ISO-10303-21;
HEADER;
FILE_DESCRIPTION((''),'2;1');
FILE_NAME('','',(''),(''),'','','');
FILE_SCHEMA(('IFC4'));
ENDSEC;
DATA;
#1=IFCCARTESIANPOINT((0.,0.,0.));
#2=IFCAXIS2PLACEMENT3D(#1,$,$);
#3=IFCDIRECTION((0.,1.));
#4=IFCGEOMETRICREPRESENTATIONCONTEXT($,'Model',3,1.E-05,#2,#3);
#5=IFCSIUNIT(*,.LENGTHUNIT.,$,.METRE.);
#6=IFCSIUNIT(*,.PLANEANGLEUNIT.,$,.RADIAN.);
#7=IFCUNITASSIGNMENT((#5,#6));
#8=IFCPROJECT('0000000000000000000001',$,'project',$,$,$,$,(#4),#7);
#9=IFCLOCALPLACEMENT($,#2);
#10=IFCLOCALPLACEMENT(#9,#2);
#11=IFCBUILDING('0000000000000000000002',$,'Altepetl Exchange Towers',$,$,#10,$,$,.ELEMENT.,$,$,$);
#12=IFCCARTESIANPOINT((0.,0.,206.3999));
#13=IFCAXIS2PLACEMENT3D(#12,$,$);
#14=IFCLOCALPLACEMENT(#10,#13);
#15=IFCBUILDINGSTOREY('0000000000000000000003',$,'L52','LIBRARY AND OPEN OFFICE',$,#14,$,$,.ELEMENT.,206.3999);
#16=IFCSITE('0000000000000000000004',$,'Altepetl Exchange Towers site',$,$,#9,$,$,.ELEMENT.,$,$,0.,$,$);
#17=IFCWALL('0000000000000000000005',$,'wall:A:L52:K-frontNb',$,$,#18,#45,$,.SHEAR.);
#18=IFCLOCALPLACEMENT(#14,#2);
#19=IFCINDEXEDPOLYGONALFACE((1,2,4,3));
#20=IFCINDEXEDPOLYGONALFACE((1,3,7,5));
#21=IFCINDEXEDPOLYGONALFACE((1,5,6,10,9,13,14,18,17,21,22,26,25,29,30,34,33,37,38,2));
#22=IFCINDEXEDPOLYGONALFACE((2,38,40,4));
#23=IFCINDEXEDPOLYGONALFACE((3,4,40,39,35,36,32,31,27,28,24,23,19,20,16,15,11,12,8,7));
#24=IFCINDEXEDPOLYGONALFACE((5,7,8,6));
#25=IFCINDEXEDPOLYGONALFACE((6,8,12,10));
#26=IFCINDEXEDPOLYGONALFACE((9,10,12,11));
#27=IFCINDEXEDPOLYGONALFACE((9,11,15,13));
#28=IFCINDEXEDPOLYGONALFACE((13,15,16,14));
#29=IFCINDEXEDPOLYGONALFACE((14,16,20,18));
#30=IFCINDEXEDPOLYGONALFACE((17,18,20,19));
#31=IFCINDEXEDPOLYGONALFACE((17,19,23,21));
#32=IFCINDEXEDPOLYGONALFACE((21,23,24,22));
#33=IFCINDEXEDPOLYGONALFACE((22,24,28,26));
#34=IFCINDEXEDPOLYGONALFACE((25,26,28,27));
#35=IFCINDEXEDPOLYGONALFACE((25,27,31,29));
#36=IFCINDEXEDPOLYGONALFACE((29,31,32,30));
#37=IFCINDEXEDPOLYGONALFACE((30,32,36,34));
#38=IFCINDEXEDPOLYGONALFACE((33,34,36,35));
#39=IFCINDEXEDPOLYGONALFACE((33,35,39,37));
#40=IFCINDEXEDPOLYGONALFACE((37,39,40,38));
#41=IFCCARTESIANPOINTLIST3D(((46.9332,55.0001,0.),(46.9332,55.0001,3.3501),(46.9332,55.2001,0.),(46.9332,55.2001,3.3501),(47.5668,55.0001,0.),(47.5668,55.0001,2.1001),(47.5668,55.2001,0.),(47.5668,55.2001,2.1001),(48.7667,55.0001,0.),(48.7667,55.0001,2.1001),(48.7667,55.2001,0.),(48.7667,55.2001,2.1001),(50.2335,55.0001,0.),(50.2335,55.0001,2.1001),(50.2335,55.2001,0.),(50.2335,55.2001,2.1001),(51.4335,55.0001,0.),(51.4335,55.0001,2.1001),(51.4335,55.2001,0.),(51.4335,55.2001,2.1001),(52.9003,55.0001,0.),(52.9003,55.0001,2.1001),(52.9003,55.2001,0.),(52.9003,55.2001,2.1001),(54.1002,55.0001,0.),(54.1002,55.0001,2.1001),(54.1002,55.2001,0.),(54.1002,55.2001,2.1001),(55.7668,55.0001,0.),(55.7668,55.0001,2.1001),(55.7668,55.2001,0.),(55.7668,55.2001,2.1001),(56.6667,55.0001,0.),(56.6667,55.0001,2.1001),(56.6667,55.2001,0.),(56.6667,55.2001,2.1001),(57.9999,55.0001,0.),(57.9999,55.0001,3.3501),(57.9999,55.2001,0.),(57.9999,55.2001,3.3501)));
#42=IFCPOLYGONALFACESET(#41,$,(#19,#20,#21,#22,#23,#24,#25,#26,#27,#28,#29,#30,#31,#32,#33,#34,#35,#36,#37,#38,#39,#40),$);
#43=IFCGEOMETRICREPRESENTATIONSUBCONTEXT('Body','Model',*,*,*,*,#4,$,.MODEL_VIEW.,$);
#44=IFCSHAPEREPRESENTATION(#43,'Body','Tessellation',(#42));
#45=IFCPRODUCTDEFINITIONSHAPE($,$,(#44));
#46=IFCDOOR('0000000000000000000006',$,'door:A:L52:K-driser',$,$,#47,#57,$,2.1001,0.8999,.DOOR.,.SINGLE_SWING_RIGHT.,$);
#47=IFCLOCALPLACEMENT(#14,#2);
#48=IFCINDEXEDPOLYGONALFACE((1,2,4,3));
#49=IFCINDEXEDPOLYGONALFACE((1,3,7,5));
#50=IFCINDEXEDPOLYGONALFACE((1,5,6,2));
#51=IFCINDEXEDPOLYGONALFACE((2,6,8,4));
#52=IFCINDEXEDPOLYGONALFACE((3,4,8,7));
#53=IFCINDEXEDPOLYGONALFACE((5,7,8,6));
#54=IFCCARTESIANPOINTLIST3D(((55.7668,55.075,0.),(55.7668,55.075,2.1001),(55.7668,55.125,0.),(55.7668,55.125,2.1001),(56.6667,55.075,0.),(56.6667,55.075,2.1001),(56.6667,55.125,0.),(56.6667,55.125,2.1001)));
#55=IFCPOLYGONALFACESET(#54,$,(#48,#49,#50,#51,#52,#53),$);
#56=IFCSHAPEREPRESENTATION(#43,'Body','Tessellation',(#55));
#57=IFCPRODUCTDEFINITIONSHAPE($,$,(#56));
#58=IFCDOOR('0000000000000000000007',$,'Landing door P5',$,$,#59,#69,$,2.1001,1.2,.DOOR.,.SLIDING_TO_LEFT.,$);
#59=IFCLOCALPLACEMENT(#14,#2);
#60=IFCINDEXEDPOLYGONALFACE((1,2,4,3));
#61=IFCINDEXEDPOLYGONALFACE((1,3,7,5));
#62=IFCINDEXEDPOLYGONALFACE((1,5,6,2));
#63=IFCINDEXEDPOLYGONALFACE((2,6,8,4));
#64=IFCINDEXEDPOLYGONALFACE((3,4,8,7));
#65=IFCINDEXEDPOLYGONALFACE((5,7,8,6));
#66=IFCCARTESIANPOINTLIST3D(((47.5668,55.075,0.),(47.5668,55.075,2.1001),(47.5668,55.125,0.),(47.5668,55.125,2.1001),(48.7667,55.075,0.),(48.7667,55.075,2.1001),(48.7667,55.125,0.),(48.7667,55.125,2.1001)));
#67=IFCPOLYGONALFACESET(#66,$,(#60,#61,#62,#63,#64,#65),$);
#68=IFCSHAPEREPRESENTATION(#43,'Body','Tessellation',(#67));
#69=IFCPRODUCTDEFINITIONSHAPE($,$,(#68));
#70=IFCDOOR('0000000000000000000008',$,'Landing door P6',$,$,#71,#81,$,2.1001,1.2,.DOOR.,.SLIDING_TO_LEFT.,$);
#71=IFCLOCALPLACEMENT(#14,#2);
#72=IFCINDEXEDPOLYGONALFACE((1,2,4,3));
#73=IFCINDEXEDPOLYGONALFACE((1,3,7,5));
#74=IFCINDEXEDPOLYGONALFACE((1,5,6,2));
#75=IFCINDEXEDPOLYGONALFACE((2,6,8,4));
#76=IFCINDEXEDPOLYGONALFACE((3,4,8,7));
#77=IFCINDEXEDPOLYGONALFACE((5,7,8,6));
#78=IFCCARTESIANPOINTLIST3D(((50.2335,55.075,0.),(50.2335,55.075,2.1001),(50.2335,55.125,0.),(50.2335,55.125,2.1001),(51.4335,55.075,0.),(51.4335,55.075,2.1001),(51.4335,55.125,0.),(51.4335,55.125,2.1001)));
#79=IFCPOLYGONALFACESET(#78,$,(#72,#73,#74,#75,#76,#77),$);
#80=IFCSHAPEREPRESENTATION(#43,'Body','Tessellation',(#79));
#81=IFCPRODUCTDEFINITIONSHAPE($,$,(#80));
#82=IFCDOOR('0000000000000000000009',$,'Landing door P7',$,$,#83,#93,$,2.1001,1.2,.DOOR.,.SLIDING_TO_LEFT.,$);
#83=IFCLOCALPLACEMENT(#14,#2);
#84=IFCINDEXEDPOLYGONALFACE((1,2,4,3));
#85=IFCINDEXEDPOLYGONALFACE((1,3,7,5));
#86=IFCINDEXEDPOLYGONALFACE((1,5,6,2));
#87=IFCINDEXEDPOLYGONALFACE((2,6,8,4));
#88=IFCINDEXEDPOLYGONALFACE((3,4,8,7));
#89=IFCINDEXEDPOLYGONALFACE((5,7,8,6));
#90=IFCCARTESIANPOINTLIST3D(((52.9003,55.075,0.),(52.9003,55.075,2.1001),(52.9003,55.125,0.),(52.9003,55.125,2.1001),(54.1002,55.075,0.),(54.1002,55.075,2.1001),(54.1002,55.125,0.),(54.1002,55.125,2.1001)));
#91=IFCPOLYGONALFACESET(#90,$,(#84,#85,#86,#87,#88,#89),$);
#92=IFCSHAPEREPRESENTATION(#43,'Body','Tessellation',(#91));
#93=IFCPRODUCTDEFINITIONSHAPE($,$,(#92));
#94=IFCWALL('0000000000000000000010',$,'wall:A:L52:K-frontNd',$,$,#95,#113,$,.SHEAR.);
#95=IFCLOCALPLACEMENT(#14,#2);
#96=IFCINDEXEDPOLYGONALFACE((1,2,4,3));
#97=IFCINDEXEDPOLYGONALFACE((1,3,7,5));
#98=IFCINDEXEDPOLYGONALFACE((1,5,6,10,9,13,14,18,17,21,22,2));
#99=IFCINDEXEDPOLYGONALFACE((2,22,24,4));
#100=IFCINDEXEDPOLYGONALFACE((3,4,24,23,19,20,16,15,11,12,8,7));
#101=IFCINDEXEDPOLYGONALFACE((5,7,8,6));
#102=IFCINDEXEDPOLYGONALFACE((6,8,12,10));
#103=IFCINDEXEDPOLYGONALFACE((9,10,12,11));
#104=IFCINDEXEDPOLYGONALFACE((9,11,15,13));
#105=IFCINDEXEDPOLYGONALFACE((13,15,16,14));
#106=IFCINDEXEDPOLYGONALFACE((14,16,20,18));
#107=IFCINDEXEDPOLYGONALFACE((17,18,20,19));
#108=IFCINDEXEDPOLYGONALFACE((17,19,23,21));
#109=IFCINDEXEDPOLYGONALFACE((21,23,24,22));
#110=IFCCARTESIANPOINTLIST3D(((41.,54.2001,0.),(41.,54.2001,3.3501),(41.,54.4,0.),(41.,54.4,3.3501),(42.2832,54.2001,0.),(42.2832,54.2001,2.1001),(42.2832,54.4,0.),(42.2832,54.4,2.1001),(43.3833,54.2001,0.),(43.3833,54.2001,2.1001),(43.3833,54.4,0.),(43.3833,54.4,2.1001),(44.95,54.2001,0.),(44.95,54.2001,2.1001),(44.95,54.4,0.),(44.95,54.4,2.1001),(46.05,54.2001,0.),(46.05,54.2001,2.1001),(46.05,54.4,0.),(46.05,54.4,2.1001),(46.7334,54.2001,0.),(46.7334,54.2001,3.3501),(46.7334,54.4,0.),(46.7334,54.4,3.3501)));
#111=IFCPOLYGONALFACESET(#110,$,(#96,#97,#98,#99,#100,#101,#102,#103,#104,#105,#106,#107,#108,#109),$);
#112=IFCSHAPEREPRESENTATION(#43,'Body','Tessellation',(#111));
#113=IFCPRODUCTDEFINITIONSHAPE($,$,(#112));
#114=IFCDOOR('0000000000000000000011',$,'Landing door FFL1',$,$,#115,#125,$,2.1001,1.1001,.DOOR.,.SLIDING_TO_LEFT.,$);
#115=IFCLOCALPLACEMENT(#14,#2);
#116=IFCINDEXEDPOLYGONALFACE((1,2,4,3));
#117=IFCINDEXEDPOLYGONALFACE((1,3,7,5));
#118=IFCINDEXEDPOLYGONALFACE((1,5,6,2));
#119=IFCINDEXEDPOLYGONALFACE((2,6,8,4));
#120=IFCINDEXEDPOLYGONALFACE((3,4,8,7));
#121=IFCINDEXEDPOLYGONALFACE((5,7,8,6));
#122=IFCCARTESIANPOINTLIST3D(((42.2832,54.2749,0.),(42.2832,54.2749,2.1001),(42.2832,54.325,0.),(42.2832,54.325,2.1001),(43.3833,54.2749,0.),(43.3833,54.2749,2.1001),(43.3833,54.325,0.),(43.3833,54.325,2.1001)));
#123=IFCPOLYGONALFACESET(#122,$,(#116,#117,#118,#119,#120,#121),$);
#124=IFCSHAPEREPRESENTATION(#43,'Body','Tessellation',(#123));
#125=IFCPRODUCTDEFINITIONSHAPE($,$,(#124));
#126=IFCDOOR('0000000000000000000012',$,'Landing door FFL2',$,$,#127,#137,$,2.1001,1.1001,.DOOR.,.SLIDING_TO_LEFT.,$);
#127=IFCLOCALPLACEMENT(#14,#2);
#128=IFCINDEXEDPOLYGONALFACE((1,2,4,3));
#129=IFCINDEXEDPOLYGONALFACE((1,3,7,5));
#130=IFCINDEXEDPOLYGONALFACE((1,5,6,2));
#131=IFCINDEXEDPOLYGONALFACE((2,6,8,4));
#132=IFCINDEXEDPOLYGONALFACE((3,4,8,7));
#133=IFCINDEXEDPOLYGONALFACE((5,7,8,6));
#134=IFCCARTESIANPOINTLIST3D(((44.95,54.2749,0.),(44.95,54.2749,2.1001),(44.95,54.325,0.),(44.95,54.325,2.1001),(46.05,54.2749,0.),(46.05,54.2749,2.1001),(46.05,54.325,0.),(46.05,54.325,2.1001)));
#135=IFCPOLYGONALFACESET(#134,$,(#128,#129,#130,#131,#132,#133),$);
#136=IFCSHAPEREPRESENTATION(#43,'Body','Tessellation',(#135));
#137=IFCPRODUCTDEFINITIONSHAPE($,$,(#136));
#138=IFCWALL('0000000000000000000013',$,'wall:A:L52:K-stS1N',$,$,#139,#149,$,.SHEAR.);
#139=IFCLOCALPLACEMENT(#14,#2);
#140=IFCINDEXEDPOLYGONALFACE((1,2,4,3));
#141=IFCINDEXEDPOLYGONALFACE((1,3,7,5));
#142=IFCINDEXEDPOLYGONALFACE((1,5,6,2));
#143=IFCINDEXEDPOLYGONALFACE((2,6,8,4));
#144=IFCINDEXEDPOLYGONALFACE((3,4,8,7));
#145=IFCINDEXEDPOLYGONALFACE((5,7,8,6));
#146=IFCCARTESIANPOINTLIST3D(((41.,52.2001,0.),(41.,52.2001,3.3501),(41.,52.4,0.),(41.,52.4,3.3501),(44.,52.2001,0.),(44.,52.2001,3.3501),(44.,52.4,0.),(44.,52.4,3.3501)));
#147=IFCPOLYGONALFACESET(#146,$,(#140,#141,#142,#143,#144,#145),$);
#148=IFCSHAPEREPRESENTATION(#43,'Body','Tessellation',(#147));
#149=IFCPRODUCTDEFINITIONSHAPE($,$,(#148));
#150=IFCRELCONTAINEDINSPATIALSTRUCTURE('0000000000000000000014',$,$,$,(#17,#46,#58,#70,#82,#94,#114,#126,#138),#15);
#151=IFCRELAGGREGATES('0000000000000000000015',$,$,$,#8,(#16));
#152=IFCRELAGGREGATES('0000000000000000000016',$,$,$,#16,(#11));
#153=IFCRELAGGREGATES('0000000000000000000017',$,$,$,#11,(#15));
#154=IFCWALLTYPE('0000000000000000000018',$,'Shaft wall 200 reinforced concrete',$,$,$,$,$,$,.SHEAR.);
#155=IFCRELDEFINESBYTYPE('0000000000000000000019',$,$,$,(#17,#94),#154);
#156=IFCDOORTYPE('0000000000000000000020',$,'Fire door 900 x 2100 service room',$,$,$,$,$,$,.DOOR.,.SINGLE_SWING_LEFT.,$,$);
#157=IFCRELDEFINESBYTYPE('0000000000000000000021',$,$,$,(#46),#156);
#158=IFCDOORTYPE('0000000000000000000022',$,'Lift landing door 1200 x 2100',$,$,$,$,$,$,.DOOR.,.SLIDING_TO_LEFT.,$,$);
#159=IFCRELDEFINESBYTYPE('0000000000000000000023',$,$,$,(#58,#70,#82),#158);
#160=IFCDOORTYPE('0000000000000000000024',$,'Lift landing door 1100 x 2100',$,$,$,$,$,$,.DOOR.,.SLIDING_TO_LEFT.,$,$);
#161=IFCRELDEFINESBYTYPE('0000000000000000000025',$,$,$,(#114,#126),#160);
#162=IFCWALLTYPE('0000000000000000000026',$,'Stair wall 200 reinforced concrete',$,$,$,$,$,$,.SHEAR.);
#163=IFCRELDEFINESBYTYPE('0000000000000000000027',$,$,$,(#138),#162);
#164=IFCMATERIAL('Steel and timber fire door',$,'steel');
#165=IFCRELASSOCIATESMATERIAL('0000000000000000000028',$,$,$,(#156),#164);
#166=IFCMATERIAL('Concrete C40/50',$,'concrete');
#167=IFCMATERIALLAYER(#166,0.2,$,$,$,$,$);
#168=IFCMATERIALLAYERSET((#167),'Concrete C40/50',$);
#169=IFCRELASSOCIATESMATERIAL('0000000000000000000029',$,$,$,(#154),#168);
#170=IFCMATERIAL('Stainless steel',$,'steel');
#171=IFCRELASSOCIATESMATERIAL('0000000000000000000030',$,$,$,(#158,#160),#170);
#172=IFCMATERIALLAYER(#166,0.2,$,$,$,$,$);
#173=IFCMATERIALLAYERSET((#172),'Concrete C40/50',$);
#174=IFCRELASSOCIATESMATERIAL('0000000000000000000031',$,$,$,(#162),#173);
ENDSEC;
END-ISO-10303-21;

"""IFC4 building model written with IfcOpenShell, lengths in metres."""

from ifc_helpers import new_model, si_unit, direction, frame, frame_2d, origin, place, context, subcontext, project, spatial, rectangle, extrude, material, layer, layer_set, type_object, element, fill, save


model = new_model("IFC4")

# Units and contexts
model_context = context("Model", 3, precision=1e-05, world=origin(), true_north=direction((0.0, 1.0)))
body_context = subcontext(model_context, "Body", "Model", "MODEL_VIEW")
ifc_project = project(units=[si_unit("LENGTHUNIT", "METRE"), si_unit("PLANEANGLEUNIT", "RADIAN")], contexts=[model_context])

# Site, building, storey
site_placement = place(None, origin())
site = spatial("IfcSite", under=ifc_project, at=site_placement, Name="Altepetl Exchange Towers site", CompositionType="ELEMENT", RefElevation=0.0)
building_placement = place(site_placement, origin())
building = spatial("IfcBuilding", under=site, at=building_placement, Name="Altepetl Exchange Towers", CompositionType="ELEMENT")
storey_placement = place(building_placement, frame((0.0, 0.0, 206.3999)))
storey = spatial("IfcBuildingStorey", under=building, at=storey_placement, Name="L52", Description="LIBRARY AND OPEN OFFICE", CompositionType="ELEMENT", Elevation=206.3999)

# Shared definitions
ifc_material_1 = material(Name="Steel and timber fire door", Category="steel")
door_type_1 = type_object("IfcDoorType", Name="Fire door 900 x 2100 service room", OperationType="SINGLE_SWING_LEFT", PredefinedType="DOOR", material=ifc_material_1)

# Shared definitions
ifc_material_2 = material(Name="Concrete C40/50", Category="concrete")
ifc_layer_1 = layer(ifc_material_2, 0.2)
ifc_layer_set_1 = layer_set([ifc_layer_1], Name="Concrete C40/50")
wall_type_1 = type_object("IfcWallType", Name="Shaft wall 200 reinforced concrete", PredefinedType="SHEAR", material=ifc_layer_set_1)

# Walls, openings, doors
wall_1_placement = place(storey_placement, frame((46.9333, 55.1001, 0.0)))
wall_1 = element("IfcWall", 1, at=wall_1_placement, inside=storey, type_object=wall_type_1, Name="wall:A:L52:K-frontNb", PredefinedType="SHEAR", context=body_context, shape_type="SweptSolid", body=[
    extrude(rectangle(XDim=11.0667, YDim=0.2, at=frame_2d((5.5332, 0.0))), origin(), (0.0, 0.0, 1.0), 3.3501),
])
opening_1_placement = place(wall_1_placement, frame((8.8335, 0.0, 0.0)))
opening_1 = element("IfcOpeningElement", 2, at=opening_1_placement, cuts=wall_1, PredefinedType="OPENING", context=body_context, shape_type="SweptSolid", body=[
    extrude(rectangle(XDim=0.8999, YDim=2.1001, at=frame_2d((0.45, 1.05))), frame((0.0, 0.1099, 0.0), z_axis=(0.0, -1.0, 0.0), x_axis=(1.0, 0.0, 0.0)), (0.0, 0.0, 1.0), 0.22),
])
opening_2_placement = place(wall_1_placement, frame((0.6333, 0.0, 0.0)))
opening_2 = element("IfcOpeningElement", 3, at=opening_2_placement, cuts=wall_1, PredefinedType="OPENING", context=body_context, shape_type="SweptSolid", body=[
    extrude(rectangle(XDim=1.2, YDim=2.1001, at=frame_2d((0.6001, 1.05))), frame((0.0, 0.1099, 0.0), z_axis=(0.0, -1.0, 0.0), x_axis=(1.0, 0.0, 0.0)), (0.0, 0.0, 1.0), 0.22),
])
opening_3_placement = place(wall_1_placement, frame((3.3, 0.0, 0.0)))
opening_3 = element("IfcOpeningElement", 4, at=opening_3_placement, cuts=wall_1, PredefinedType="OPENING", context=body_context, shape_type="SweptSolid", body=[
    extrude(rectangle(XDim=1.2, YDim=2.1001, at=frame_2d((0.6001, 1.05))), frame((0.0, 0.1099, 0.0), z_axis=(0.0, -1.0, 0.0), x_axis=(1.0, 0.0, 0.0)), (0.0, 0.0, 1.0), 0.22),
])
opening_4_placement = place(wall_1_placement, frame((5.9668, 0.0, 0.0)))
opening_4 = element("IfcOpeningElement", 5, at=opening_4_placement, cuts=wall_1, PredefinedType="OPENING", context=body_context, shape_type="SweptSolid", body=[
    extrude(rectangle(XDim=1.2, YDim=2.1001, at=frame_2d((0.6001, 1.05))), frame((0.0, 0.1099, 0.0), z_axis=(0.0, -1.0, 0.0), x_axis=(1.0, 0.0, 0.0)), (0.0, 0.0, 1.0), 0.22),
])
door_1_placement = place(opening_1_placement, origin())
door_1 = element("IfcDoor", 6, at=door_1_placement, inside=storey, type_object=door_type_1, Name="door:A:L52:K-driser", OperationType="SINGLE_SWING_RIGHT", OverallHeight=2.1001, OverallWidth=0.8999, PredefinedType="DOOR", context=body_context, shape_type="SweptSolid", body=[
    extrude(rectangle(XDim=0.8999, YDim=2.1001, at=frame_2d((0.45, 1.05))), frame((0.0, 0.0249, 0.0), z_axis=(0.0, -1.0, 0.0), x_axis=(1.0, 0.0, 0.0)), (0.0, 0.0, 1.0), 0.05),
])
fill(opening_1, door_1)
ifc_material_3 = material(Name="Stainless steel", Category="steel")
door_type_2 = type_object("IfcDoorType", Name="Lift landing door 1200 x 2100", OperationType="SLIDING_TO_LEFT", PredefinedType="DOOR", material=ifc_material_3)
door_2_placement = place(opening_2_placement, origin())
door_2 = element("IfcDoor", 7, at=door_2_placement, inside=storey, type_object=door_type_2, Name="Landing door P5", OperationType="SLIDING_TO_LEFT", OverallHeight=2.1001, OverallWidth=1.2, PredefinedType="DOOR", context=body_context, shape_type="SweptSolid", body=[
    extrude(rectangle(XDim=1.2, YDim=2.1001, at=frame_2d((0.6001, 1.05))), frame((0.0, 0.0249, 0.0), z_axis=(0.0, -1.0, 0.0), x_axis=(1.0, 0.0, 0.0)), (0.0, 0.0, 1.0), 0.05),
])
fill(opening_2, door_2)
door_3_placement = place(opening_3_placement, origin())
door_3 = element("IfcDoor", 8, at=door_3_placement, inside=storey, type_object=door_type_2, Name="Landing door P6", OperationType="SLIDING_TO_LEFT", OverallHeight=2.1001, OverallWidth=1.2, PredefinedType="DOOR", context=body_context, shape_type="SweptSolid", body=[
    extrude(rectangle(XDim=1.2, YDim=2.1001, at=frame_2d((0.6001, 1.05))), frame((0.0, 0.0249, 0.0), z_axis=(0.0, -1.0, 0.0), x_axis=(1.0, 0.0, 0.0)), (0.0, 0.0, 1.0), 0.05),
])
fill(opening_3, door_3)
door_4_placement = place(opening_4_placement, origin())
door_4 = element("IfcDoor", 9, at=door_4_placement, inside=storey, type_object=door_type_2, Name="Landing door P7", OperationType="SLIDING_TO_LEFT", OverallHeight=2.1001, OverallWidth=1.2, PredefinedType="DOOR", context=body_context, shape_type="SweptSolid", body=[
    extrude(rectangle(XDim=1.2, YDim=2.1001, at=frame_2d((0.6001, 1.05))), frame((0.0, 0.0249, 0.0), z_axis=(0.0, -1.0, 0.0), x_axis=(1.0, 0.0, 0.0)), (0.0, 0.0, 1.0), 0.05),
])
fill(opening_4, door_4)
wall_2_placement = place(storey_placement, frame((41.0, 54.3, 0.0)))
wall_2 = element("IfcWall", 10, at=wall_2_placement, inside=storey, type_object=wall_type_1, Name="wall:A:L52:K-frontNd", PredefinedType="SHEAR", context=body_context, shape_type="SweptSolid", body=[
    extrude(rectangle(XDim=5.7334, YDim=0.2, at=frame_2d((2.8667, 0.0))), origin(), (0.0, 0.0, 1.0), 3.3501),
])
opening_5_placement = place(wall_2_placement, frame((1.2832, 0.0, 0.0)))
opening_5 = element("IfcOpeningElement", 11, at=opening_5_placement, cuts=wall_2, PredefinedType="OPENING", context=body_context, shape_type="SweptSolid", body=[
    extrude(rectangle(XDim=1.1001, YDim=2.1001, at=frame_2d((0.55, 1.05))), frame((0.0, 0.1099, 0.0), z_axis=(0.0, -1.0, 0.0), x_axis=(1.0, 0.0, 0.0)), (0.0, 0.0, 1.0), 0.22),
])
opening_6_placement = place(wall_2_placement, frame((3.95, 0.0, 0.0)))
opening_6 = element("IfcOpeningElement", 12, at=opening_6_placement, cuts=wall_2, PredefinedType="OPENING", context=body_context, shape_type="SweptSolid", body=[
    extrude(rectangle(XDim=1.1001, YDim=2.1001, at=frame_2d((0.55, 1.05))), frame((0.0, 0.1099, 0.0), z_axis=(0.0, -1.0, 0.0), x_axis=(1.0, 0.0, 0.0)), (0.0, 0.0, 1.0), 0.22),
])
door_type_3 = type_object("IfcDoorType", Name="Lift landing door 1100 x 2100", OperationType="SLIDING_TO_LEFT", PredefinedType="DOOR", material=ifc_material_3)
door_5_placement = place(opening_5_placement, origin())
door_5 = element("IfcDoor", 13, at=door_5_placement, inside=storey, type_object=door_type_3, Name="Landing door FFL1", OperationType="SLIDING_TO_LEFT", OverallHeight=2.1001, OverallWidth=1.1001, PredefinedType="DOOR", context=body_context, shape_type="SweptSolid", body=[
    extrude(rectangle(XDim=1.1001, YDim=2.1001, at=frame_2d((0.55, 1.05))), frame((0.0, 0.0249, 0.0), z_axis=(0.0, -1.0, 0.0), x_axis=(1.0, 0.0, 0.0)), (0.0, 0.0, 1.0), 0.05),
])
fill(opening_5, door_5)
door_6_placement = place(opening_6_placement, origin())
door_6 = element("IfcDoor", 14, at=door_6_placement, inside=storey, type_object=door_type_3, Name="Landing door FFL2", OperationType="SLIDING_TO_LEFT", OverallHeight=2.1001, OverallWidth=1.1001, PredefinedType="DOOR", context=body_context, shape_type="SweptSolid", body=[
    extrude(rectangle(XDim=1.1001, YDim=2.1001, at=frame_2d((0.55, 1.05))), frame((0.0, 0.0249, 0.0), z_axis=(0.0, -1.0, 0.0), x_axis=(1.0, 0.0, 0.0)), (0.0, 0.0, 1.0), 0.05),
])
fill(opening_6, door_6)

# Wall
ifc_layer_2 = layer(ifc_material_2, 0.2)
ifc_layer_set_2 = layer_set([ifc_layer_2], Name="Concrete C40/50")
wall_type_2 = type_object("IfcWallType", Name="Stair wall 200 reinforced concrete", PredefinedType="SHEAR", material=ifc_layer_set_2)
wall_3_placement = place(storey_placement, frame((41.0, 52.3, 0.0)))
element("IfcWall", 15, at=wall_3_placement, inside=storey, type_object=wall_type_2, Name="wall:A:L52:K-stS1N", PredefinedType="SHEAR", context=body_context, shape_type="SweptSolid", body=[
    extrude(rectangle(XDim=3.0, YDim=0.2, at=frame_2d((1.5, 0.0))), origin(), (0.0, 0.0, 1.0), 3.3501),
])

save(model, "model.ifc")
